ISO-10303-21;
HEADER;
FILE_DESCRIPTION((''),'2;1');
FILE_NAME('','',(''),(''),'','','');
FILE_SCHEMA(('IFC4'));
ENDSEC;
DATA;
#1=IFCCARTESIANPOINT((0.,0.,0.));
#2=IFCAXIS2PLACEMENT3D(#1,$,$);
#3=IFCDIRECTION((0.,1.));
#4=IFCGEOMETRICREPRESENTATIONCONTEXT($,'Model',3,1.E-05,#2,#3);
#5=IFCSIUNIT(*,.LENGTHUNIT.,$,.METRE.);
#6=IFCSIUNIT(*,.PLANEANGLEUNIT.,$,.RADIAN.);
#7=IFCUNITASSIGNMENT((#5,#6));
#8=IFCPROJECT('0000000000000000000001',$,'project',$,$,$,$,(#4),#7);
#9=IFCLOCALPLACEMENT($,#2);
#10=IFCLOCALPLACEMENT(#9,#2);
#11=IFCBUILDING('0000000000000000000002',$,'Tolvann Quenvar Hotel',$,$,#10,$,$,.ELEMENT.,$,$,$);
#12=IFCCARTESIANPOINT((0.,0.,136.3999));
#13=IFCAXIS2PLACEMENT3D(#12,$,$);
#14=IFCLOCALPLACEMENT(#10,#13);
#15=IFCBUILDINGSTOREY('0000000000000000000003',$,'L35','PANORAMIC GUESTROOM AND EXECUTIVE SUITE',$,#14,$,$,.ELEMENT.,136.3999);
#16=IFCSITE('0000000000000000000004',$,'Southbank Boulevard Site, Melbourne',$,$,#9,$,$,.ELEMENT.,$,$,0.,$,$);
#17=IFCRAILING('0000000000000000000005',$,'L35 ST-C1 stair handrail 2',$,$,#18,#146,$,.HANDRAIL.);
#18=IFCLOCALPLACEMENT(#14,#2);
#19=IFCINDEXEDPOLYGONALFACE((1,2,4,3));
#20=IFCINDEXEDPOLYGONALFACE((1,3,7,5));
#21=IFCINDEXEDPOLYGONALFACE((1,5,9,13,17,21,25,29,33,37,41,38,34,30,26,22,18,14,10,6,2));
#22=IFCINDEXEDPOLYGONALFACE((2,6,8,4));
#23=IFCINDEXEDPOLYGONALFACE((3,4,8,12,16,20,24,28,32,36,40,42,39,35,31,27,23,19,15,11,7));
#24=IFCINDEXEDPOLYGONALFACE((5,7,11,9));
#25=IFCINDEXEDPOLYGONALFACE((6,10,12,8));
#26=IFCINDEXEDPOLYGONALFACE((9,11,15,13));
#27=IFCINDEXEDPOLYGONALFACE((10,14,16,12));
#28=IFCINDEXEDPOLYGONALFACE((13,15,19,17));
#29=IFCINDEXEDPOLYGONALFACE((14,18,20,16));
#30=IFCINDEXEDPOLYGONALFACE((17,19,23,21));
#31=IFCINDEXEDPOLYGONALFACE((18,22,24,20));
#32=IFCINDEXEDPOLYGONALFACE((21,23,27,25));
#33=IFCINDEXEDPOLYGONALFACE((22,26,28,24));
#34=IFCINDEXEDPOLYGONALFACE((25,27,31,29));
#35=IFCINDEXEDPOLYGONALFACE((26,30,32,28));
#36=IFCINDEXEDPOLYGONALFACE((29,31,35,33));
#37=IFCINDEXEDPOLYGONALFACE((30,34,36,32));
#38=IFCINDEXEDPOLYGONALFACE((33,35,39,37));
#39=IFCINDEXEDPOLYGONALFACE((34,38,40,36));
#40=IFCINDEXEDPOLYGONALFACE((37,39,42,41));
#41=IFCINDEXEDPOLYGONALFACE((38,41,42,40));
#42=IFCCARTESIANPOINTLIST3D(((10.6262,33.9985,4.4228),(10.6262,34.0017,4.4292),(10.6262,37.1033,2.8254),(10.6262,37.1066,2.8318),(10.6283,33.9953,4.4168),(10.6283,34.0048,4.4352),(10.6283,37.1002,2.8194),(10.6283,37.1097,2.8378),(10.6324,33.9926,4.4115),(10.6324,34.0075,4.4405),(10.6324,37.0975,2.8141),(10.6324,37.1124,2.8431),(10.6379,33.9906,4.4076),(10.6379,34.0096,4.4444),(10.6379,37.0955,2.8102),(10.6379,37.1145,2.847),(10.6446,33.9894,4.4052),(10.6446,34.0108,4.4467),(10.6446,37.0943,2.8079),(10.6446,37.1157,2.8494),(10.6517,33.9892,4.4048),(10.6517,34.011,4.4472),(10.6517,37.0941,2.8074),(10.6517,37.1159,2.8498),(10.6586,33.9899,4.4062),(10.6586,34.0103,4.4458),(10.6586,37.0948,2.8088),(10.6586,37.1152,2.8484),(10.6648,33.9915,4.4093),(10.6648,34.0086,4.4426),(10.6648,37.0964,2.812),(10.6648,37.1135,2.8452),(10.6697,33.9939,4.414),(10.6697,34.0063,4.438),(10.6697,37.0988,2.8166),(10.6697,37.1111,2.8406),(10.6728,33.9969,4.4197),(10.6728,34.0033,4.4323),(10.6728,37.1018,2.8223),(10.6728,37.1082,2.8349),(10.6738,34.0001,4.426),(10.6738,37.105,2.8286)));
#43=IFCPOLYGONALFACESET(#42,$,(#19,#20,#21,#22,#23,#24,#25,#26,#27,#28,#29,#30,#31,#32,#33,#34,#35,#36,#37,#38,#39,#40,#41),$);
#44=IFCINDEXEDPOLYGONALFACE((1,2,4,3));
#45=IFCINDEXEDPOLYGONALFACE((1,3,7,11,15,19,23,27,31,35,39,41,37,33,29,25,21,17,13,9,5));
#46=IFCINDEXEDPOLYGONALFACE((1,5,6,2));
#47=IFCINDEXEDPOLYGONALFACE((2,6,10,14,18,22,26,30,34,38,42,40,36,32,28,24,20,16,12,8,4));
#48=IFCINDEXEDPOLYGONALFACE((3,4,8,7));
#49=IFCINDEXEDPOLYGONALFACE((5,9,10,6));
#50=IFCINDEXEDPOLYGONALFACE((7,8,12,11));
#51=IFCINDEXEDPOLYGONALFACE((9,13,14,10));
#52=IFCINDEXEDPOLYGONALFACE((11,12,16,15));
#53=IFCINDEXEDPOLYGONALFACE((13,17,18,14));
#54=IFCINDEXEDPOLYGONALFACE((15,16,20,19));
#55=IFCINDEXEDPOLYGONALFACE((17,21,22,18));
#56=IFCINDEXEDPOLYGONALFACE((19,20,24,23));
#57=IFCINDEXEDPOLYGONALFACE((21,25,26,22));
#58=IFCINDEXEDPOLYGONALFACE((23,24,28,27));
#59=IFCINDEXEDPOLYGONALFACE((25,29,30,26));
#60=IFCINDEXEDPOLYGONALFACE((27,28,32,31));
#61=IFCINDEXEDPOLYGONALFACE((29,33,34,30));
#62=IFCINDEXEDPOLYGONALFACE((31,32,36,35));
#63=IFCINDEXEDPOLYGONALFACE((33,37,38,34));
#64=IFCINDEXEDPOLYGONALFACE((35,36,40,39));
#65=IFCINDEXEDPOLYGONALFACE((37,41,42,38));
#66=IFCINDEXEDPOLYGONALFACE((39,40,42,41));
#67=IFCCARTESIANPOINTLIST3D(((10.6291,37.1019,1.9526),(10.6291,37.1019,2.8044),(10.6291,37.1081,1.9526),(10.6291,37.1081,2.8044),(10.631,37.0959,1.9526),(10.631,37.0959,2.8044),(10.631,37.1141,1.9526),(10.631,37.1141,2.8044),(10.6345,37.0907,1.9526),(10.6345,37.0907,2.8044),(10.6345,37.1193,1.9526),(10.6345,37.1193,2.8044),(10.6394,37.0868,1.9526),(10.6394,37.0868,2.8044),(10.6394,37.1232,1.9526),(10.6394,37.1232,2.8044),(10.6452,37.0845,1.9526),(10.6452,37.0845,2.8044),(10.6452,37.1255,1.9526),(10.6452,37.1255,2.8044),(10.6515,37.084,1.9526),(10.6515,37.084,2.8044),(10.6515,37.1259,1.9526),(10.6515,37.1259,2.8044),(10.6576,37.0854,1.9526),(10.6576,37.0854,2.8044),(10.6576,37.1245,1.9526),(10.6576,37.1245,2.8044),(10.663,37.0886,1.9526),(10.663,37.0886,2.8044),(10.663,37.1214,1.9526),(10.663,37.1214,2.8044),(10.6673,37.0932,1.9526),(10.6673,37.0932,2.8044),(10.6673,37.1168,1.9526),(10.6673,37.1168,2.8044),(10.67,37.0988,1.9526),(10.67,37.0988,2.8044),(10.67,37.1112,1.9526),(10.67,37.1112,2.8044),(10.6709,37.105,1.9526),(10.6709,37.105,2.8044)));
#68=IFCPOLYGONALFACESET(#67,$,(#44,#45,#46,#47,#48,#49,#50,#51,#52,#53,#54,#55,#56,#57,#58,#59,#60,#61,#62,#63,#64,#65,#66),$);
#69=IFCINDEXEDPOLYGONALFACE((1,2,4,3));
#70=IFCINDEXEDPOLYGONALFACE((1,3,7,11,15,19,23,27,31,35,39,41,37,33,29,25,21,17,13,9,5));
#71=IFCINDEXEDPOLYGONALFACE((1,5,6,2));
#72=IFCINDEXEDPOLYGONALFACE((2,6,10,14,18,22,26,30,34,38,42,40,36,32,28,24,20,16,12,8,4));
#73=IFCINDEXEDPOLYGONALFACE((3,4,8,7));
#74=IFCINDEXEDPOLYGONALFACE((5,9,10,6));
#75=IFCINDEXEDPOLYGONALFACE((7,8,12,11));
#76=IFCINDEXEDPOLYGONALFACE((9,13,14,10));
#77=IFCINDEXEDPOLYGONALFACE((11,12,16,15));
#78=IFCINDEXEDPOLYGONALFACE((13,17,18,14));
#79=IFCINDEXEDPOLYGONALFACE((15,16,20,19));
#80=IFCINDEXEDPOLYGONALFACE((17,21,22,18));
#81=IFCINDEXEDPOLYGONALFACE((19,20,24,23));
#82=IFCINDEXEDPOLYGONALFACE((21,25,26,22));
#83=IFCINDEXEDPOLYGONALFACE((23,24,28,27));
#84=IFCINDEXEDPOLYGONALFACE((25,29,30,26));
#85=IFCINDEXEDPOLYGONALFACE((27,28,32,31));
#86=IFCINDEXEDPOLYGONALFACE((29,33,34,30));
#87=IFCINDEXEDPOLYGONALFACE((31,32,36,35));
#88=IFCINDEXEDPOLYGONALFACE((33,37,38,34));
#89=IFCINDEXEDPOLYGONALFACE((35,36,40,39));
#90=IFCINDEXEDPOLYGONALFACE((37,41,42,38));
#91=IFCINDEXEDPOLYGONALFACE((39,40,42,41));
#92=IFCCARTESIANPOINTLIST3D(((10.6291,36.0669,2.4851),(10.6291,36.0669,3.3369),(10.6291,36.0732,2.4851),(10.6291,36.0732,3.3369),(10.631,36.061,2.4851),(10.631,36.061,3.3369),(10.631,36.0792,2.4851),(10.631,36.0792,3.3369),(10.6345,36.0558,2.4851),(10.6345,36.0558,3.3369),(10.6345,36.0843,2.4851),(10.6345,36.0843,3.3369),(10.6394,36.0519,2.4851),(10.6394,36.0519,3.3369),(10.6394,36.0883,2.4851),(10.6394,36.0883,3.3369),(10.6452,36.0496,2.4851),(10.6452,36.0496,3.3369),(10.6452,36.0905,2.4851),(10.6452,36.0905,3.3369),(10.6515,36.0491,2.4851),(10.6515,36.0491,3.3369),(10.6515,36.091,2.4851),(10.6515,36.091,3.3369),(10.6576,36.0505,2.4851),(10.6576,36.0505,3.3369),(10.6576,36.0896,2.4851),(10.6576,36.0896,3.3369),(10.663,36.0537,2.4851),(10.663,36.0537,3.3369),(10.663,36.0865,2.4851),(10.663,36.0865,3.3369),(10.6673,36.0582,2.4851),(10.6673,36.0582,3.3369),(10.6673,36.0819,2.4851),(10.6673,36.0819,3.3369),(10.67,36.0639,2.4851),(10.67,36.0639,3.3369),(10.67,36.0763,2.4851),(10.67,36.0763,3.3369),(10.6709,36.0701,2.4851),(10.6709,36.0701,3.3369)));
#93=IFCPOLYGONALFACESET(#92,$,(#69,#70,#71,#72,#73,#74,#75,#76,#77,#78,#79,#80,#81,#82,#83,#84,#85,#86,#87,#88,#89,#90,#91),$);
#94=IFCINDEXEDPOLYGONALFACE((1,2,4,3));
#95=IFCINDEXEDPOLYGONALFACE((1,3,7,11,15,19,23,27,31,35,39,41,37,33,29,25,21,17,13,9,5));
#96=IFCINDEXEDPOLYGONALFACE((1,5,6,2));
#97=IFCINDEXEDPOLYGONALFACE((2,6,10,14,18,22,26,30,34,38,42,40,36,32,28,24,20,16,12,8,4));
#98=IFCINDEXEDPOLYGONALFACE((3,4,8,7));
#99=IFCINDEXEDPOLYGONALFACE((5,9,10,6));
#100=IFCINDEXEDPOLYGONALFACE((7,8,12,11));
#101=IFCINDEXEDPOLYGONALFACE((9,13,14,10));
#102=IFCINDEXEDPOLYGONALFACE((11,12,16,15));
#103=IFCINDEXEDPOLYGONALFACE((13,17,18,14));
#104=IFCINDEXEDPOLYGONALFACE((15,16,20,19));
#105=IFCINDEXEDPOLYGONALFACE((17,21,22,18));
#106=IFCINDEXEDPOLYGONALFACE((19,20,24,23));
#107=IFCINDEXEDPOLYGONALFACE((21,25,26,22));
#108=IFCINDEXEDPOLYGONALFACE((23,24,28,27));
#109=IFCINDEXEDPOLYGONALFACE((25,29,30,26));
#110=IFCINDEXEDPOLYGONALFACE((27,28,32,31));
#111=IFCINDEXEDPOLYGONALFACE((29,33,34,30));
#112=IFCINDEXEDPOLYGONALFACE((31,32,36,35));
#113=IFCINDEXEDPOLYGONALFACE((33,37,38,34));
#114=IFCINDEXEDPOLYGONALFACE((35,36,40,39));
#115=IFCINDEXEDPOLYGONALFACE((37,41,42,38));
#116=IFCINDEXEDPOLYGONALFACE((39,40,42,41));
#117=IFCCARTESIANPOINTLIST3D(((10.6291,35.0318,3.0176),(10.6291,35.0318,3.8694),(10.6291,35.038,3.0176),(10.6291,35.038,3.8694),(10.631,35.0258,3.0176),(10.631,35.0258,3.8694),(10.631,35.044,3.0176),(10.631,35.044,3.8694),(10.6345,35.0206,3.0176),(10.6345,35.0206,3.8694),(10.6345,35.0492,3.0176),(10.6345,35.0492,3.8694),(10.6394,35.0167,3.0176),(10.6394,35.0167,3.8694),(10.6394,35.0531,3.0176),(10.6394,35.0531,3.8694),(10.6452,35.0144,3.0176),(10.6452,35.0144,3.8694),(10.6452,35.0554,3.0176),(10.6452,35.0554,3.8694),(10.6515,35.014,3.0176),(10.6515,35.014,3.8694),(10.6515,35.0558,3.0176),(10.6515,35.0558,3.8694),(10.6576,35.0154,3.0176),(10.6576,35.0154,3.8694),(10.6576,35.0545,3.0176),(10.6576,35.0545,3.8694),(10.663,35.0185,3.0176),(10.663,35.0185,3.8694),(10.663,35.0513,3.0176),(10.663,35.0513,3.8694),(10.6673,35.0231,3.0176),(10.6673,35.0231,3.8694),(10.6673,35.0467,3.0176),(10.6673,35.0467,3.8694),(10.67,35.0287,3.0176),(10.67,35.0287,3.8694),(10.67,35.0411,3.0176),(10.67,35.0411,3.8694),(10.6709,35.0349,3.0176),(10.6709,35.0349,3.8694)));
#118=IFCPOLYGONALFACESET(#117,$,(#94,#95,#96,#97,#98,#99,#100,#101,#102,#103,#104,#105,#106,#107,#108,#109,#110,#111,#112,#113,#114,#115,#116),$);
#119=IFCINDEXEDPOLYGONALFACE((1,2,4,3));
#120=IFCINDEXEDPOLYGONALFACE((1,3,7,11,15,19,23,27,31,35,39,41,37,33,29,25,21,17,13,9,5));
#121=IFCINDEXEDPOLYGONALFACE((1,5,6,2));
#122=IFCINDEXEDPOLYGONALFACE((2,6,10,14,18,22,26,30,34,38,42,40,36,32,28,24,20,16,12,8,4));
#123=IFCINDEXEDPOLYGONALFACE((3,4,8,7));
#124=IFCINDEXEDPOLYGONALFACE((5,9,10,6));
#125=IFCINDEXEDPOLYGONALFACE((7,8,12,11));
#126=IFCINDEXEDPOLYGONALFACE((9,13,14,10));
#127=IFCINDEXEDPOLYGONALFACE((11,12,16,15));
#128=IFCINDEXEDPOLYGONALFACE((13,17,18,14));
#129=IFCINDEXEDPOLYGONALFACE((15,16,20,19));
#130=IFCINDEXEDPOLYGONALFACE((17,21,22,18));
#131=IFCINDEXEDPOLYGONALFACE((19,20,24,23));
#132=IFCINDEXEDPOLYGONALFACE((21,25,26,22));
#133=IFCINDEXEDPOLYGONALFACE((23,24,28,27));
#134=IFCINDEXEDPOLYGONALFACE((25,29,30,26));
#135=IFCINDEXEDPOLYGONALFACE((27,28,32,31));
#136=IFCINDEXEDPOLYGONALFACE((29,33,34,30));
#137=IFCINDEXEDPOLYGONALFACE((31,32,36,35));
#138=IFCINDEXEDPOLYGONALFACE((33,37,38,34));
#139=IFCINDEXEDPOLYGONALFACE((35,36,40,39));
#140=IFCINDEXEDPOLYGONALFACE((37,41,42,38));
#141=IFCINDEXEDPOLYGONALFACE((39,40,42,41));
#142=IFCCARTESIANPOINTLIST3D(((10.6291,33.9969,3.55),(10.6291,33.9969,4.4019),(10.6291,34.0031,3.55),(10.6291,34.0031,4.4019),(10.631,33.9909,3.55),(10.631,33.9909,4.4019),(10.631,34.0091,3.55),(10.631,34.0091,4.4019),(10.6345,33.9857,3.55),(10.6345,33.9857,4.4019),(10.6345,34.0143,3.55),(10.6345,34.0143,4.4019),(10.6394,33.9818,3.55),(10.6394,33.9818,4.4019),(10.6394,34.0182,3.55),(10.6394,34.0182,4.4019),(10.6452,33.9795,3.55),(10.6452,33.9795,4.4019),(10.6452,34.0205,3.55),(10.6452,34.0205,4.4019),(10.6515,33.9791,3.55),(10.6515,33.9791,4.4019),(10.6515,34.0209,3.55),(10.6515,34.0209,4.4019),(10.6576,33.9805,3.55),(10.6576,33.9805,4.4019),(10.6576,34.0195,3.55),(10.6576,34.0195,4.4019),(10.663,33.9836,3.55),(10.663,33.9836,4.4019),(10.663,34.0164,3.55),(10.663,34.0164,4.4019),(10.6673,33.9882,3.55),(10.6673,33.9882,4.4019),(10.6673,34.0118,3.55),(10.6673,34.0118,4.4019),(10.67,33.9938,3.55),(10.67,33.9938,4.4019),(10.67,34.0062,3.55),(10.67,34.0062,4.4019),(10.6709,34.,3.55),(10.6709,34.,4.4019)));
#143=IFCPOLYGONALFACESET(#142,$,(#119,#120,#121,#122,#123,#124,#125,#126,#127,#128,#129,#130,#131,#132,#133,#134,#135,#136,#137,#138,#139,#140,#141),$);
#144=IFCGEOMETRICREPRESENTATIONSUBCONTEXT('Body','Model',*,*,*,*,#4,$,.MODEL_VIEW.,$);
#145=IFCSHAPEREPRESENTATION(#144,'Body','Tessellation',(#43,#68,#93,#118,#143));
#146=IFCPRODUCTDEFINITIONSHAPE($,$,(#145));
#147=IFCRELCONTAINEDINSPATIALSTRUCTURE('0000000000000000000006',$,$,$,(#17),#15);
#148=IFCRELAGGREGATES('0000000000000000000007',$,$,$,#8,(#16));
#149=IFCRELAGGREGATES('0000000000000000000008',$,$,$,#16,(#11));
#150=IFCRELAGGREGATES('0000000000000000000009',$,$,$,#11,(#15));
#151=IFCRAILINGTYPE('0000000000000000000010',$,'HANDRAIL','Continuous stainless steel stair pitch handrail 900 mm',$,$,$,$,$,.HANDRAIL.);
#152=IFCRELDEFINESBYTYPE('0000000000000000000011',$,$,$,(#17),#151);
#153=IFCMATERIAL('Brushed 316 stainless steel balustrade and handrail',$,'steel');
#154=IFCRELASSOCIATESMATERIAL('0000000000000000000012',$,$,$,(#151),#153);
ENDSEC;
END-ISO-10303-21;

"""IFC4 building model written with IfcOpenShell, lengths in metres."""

from ifc_helpers import new_model, si_unit, direction, frame, origin, origin_2d, place, context, subcontext, project, spatial, circle, extrude, material, type_object, element, save


model = new_model("IFC4")

# Units and contexts
model_context = context("Model", 3, precision=1e-05, world=origin(), true_north=direction((0.0, 1.0)))
body_context = subcontext(model_context, "Body", "Model", "MODEL_VIEW")
ifc_project = project(units=[si_unit("LENGTHUNIT", "METRE"), si_unit("PLANEANGLEUNIT", "RADIAN")], contexts=[model_context])

# Site, building, storey
site_placement = place(None, origin())
site = spatial("IfcSite", under=ifc_project, at=site_placement, Name="Southbank Boulevard Site, Melbourne", CompositionType="ELEMENT", RefElevation=0.0)
building_placement = place(site_placement, origin())
building = spatial("IfcBuilding", under=site, at=building_placement, Name="Tolvann Quenvar Hotel", CompositionType="ELEMENT")
storey_placement = place(building_placement, frame((0.0, 0.0, 136.3999)))
storey = spatial("IfcBuildingStorey", under=building, at=storey_placement, Name="L35", Description="PANORAMIC GUESTROOM AND EXECUTIVE SUITE", CompositionType="ELEMENT", Elevation=136.3999)

# Railing
ifc_material_1 = material(Name="Brushed 316 stainless steel balustrade and handrail", Category="steel")
railing_type = type_object("IfcRailingType", Name="HANDRAIL", Description="Continuous stainless steel stair pitch handrail 900 mm", PredefinedType="HANDRAIL", material=ifc_material_1)
railing_placement = place(storey_placement, frame((10.6499, 37.105, 1.9526)))
element("IfcRailing", 1, at=railing_placement, inside=storey, type_object=railing_type, Name="L35 ST-C1 stair handrail 2", PredefinedType="HANDRAIL", context=body_context, shape_type="SweptSolid", body=[
    extrude(circle(Radius=0.0239, at=origin_2d()), frame((0.0, 0.0, 0.876), z_axis=(0.0, -0.889222, 0.457476), x_axis=(1.0, 0.0, 0.0)), (0.0, 0.0, 1.0), 3.4917),
    extrude(circle(Radius=0.021, at=origin_2d()), origin(), (0.0, 0.0, 1.0), 0.8518),
    extrude(circle(Radius=0.021, at=origin_2d()), frame((0.0, -1.0349, 0.5325)), (0.0, 0.0, 1.0), 0.8518),
    extrude(circle(Radius=0.021, at=origin_2d()), frame((0.0, -2.0701, 1.0649)), (0.0, 0.0, 1.0), 0.8518),
    extrude(circle(Radius=0.021, at=origin_2d()), frame((0.0, -3.105, 1.5974)), (0.0, 0.0, 1.0), 0.8518),
])

save(model, "model.ifc")
